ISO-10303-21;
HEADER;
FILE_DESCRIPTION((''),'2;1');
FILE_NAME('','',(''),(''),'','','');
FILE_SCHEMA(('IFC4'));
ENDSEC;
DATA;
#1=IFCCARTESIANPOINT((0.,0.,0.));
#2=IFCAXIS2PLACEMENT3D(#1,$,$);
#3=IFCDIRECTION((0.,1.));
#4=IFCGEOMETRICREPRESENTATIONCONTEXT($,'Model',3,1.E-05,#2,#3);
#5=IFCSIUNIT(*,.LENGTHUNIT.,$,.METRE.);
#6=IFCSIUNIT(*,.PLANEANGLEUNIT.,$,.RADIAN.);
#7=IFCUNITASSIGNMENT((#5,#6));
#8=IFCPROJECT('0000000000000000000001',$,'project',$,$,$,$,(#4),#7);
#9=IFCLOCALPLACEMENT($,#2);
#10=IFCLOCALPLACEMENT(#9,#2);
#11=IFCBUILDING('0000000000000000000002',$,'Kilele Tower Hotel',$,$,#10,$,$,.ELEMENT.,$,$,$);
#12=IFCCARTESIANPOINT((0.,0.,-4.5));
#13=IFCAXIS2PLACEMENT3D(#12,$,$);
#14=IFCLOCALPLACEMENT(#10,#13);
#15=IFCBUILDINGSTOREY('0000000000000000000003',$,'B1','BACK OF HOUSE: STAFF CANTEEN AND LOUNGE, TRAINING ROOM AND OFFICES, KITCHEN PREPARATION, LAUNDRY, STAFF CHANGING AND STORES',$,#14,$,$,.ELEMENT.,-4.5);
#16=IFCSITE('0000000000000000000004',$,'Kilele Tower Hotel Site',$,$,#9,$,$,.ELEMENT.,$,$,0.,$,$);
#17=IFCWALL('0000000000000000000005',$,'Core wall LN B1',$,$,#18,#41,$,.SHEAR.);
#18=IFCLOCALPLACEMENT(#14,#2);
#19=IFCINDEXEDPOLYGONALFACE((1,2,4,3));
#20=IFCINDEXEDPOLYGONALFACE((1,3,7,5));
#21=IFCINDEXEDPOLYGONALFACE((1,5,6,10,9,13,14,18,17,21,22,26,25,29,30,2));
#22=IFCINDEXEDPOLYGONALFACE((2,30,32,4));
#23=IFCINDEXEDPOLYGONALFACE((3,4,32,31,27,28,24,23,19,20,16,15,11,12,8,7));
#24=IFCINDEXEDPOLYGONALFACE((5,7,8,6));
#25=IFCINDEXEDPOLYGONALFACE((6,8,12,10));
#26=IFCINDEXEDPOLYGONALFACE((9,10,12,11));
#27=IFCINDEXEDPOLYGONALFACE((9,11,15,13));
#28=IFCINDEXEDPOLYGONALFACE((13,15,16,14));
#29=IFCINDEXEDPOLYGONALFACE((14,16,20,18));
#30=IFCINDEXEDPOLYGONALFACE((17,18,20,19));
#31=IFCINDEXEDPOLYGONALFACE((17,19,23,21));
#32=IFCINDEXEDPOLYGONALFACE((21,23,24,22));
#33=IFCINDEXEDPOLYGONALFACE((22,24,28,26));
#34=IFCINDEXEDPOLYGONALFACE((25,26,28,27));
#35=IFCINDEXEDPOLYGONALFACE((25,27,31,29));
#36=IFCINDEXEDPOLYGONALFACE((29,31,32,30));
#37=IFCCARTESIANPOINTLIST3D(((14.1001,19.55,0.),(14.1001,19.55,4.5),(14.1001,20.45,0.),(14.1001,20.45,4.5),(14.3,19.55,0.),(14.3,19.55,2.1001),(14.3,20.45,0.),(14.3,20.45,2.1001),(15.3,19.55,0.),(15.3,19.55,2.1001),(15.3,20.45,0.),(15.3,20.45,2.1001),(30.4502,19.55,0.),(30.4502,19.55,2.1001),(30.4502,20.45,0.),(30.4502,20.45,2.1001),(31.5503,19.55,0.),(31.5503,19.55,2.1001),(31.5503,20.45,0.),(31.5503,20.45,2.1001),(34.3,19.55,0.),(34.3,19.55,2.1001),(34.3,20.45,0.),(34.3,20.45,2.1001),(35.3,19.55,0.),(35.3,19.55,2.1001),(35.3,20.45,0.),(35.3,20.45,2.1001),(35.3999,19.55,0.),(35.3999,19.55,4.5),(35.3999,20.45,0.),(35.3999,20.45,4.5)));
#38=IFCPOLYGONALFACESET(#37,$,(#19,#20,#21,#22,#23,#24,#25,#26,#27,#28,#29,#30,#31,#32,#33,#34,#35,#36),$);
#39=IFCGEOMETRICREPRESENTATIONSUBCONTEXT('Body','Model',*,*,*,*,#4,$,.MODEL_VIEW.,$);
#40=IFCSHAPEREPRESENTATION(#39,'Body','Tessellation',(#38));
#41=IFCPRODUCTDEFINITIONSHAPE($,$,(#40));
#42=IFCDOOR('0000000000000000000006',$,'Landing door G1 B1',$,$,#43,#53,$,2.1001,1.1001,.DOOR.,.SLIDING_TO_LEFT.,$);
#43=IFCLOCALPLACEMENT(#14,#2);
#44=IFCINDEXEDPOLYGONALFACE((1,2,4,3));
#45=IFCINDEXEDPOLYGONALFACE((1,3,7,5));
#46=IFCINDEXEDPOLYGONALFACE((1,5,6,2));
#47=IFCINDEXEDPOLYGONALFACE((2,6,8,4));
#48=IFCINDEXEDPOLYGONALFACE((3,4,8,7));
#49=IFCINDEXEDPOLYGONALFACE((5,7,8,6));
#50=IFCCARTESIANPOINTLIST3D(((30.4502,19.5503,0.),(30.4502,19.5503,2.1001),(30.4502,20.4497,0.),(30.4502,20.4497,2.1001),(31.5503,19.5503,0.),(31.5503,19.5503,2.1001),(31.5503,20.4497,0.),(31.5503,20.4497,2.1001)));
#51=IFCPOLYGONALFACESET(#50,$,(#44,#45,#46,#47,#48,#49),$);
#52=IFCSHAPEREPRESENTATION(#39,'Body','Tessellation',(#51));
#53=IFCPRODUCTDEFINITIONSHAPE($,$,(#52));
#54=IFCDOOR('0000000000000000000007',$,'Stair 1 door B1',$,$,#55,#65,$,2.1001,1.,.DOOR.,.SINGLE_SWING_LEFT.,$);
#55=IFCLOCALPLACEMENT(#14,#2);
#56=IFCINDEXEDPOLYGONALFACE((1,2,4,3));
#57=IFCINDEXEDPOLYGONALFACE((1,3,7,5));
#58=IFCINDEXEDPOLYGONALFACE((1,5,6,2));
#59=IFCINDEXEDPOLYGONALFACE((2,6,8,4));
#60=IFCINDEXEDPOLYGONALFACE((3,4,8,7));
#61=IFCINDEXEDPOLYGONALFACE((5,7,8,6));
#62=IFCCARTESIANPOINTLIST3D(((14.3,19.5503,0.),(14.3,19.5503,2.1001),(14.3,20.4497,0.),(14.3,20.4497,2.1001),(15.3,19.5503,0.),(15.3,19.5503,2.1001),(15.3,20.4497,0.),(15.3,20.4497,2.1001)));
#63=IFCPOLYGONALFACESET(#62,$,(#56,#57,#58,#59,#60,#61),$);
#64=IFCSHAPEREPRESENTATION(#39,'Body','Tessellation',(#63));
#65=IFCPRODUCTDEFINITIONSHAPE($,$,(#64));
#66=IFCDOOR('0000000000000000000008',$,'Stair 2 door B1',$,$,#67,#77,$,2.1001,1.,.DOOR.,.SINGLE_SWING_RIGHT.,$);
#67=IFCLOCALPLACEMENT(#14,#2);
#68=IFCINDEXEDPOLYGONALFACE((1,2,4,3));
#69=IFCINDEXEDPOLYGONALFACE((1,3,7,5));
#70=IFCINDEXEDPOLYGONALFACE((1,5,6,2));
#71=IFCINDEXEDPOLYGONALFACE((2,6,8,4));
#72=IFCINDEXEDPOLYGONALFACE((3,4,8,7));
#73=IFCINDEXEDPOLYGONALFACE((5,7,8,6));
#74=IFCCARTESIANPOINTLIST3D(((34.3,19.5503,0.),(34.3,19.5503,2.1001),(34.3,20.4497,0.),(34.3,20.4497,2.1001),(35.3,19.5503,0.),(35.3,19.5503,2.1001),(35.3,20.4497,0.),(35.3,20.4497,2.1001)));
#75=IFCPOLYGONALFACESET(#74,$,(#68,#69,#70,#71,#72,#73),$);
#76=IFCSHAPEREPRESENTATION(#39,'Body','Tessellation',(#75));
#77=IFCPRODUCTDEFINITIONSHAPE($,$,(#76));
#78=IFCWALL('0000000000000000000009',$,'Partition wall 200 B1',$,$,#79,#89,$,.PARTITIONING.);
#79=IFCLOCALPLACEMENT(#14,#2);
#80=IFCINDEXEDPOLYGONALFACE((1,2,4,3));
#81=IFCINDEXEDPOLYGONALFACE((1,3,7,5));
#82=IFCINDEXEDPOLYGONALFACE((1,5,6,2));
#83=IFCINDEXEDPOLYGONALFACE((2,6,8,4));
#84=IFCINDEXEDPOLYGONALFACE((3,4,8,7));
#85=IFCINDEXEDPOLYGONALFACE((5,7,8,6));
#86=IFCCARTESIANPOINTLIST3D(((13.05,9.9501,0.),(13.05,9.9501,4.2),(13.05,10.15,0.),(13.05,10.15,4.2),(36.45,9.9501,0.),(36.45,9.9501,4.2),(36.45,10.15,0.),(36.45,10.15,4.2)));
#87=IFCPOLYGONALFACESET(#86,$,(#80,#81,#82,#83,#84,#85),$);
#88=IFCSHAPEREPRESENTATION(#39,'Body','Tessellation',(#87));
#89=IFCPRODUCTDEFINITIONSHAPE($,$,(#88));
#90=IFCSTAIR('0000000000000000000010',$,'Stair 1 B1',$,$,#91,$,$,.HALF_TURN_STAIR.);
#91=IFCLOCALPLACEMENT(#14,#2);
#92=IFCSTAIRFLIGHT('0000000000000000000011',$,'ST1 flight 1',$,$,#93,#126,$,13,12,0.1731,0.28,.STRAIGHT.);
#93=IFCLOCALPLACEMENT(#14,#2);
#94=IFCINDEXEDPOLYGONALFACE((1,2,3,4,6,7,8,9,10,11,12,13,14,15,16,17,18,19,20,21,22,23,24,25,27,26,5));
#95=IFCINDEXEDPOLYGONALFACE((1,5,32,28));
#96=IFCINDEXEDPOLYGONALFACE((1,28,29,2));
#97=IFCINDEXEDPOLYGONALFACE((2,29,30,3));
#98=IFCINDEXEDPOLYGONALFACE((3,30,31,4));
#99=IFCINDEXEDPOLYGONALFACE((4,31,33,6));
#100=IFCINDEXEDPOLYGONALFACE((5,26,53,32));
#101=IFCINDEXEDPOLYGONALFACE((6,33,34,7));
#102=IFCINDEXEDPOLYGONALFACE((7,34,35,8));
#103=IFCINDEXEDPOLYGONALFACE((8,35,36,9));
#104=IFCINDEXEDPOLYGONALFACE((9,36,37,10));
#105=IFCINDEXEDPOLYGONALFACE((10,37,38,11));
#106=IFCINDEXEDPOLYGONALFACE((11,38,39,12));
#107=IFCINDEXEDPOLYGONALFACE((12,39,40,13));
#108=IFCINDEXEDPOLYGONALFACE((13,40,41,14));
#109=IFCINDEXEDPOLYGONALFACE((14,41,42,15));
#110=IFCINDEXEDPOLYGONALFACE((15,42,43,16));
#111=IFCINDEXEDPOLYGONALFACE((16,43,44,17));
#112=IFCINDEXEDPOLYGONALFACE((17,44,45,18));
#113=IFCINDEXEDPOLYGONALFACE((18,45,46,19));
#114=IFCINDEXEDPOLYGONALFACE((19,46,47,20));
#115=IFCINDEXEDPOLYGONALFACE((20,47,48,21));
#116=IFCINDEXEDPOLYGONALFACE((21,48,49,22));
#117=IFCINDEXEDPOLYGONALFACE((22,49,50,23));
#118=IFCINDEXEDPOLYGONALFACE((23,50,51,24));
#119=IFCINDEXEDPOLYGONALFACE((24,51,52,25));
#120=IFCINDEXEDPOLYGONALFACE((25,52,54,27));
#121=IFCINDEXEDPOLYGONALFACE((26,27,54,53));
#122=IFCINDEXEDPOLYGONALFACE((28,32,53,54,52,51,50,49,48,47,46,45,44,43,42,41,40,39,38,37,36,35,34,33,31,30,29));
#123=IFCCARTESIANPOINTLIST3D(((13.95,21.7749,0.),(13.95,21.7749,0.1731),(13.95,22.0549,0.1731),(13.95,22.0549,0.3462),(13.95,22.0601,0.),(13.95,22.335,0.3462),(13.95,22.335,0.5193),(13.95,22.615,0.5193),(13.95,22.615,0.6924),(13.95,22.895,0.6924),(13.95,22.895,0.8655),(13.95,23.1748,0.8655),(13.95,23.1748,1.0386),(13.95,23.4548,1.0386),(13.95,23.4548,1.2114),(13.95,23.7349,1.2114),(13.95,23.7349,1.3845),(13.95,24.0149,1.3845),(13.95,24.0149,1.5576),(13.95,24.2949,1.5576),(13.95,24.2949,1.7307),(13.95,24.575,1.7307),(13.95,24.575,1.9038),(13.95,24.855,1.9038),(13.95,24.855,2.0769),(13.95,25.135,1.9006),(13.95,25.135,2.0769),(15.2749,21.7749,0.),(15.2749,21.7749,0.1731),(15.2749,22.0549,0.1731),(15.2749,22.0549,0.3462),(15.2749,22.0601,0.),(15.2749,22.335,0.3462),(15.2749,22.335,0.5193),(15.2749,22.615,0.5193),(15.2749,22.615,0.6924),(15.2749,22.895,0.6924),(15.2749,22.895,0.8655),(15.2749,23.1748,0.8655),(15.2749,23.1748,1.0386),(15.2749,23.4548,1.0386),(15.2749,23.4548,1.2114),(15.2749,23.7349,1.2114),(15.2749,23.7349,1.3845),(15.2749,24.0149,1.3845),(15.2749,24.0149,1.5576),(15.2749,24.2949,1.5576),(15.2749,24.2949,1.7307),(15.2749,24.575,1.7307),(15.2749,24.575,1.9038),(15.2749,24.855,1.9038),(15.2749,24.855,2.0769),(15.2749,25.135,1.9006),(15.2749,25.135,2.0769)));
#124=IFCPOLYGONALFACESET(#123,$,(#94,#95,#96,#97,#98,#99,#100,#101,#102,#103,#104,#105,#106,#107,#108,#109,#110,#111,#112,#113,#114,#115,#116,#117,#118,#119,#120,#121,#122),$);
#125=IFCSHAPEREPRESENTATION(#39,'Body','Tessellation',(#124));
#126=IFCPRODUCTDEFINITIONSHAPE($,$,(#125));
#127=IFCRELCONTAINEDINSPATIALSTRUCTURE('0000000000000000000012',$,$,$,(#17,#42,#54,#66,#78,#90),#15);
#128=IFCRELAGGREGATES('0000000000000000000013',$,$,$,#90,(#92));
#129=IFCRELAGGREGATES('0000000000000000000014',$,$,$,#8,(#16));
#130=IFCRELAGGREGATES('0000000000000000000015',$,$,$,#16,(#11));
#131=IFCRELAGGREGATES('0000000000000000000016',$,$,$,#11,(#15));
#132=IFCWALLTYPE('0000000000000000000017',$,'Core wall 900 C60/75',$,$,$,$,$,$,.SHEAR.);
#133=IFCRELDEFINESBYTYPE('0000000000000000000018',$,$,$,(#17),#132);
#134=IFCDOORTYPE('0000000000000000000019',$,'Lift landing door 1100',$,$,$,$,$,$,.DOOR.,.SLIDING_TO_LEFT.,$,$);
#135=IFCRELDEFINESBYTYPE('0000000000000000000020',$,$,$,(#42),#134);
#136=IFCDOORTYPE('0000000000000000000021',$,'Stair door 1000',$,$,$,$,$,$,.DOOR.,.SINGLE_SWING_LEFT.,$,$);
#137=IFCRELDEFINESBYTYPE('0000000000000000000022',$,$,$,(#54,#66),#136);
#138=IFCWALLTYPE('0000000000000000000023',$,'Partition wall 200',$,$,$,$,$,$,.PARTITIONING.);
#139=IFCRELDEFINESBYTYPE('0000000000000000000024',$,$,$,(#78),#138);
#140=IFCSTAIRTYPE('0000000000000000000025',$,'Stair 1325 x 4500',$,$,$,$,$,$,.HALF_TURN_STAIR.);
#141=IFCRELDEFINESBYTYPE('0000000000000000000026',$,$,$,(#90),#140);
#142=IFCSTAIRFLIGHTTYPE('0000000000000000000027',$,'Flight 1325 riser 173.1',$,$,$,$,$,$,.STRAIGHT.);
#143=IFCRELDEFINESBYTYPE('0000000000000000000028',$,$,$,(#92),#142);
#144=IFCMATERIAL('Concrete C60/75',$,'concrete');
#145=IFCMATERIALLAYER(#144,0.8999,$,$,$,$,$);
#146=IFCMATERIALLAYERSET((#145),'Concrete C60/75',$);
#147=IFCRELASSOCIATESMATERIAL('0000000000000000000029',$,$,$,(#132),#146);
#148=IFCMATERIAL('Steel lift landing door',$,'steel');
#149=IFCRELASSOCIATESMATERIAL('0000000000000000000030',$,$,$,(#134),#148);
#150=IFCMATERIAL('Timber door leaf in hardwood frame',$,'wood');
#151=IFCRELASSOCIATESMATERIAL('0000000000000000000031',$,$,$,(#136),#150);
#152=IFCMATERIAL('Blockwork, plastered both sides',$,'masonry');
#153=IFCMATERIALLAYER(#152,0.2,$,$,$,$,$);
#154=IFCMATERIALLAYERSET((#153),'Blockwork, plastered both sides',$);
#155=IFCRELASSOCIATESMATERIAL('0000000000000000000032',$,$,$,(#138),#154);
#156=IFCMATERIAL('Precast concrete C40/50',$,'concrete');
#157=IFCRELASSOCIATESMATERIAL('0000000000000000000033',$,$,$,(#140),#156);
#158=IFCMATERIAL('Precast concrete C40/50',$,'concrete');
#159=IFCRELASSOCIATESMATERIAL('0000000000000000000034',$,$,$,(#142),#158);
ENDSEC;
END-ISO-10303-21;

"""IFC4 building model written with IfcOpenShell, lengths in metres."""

from ifc_helpers import new_model, si_unit, direction, frame, frame_2d, origin, place, context, subcontext, project, spatial, polyline, rectangle, outline, extrude, material, layer, layer_set, type_object, element, fill, aggregate, save


model = new_model("IFC4")

# Units and contexts
model_context = context("Model", 3, precision=1e-05, world=origin(), true_north=direction((0.0, 1.0)))
body_context = subcontext(model_context, "Body", "Model", "MODEL_VIEW")
ifc_project = project(units=[si_unit("LENGTHUNIT", "METRE"), si_unit("PLANEANGLEUNIT", "RADIAN")], contexts=[model_context])

# Site, building, storey
site_placement = place(None, origin())
site = spatial("IfcSite", under=ifc_project, at=site_placement, Name="Kilele Tower Hotel Site", CompositionType="ELEMENT", RefElevation=0.0)
building_placement = place(site_placement, origin())
building = spatial("IfcBuilding", under=site, at=building_placement, Name="Kilele Tower Hotel", CompositionType="ELEMENT")
storey_placement = place(building_placement, frame((0.0, 0.0, -4.5)))
storey = spatial("IfcBuildingStorey", under=building, at=storey_placement, Name="B1", Description="BACK OF HOUSE: STAFF CANTEEN AND LOUNGE, TRAINING ROOM AND OFFICES, KITCHEN PREPARATION, LAUNDRY, STAFF CHANGING AND STORES", CompositionType="ELEMENT", Elevation=-4.5)

# Shared definitions
ifc_material_1 = material(Name="Concrete C60/75", Category="concrete")
ifc_layer_1 = layer(ifc_material_1, 0.8999)
ifc_layer_set_1 = layer_set([ifc_layer_1], Name="Concrete C60/75")
wall_type_1 = type_object("IfcWallType", Name="Core wall 900 C60/75", PredefinedType="SHEAR", material=ifc_layer_set_1)

# Wall, openings, doors
ifc_material_2 = material(Name="Steel lift landing door", Category="steel")
door_type_1 = type_object("IfcDoorType", Name="Lift landing door 1100", OperationType="SLIDING_TO_LEFT", PredefinedType="DOOR", material=ifc_material_2)
wall_1_placement = place(storey_placement, frame((14.1001, 20.0, 0.0), z_axis=(0.0, 0.0, 1.0), x_axis=(1.0, 0.0, 0.0)))
wall_1 = element("IfcWall", 1, at=wall_1_placement, inside=storey, type_object=wall_type_1, Name="Core wall LN B1", PredefinedType="SHEAR", context=body_context, shape_type="SweptSolid", body=[
    extrude(rectangle(XDim=21.2998, YDim=0.8999, at=frame_2d((10.6499, 0.0))), origin(), (0.0, 0.0, 1.0), 4.5),
])
opening_1_placement = place(wall_1_placement, frame((0.2, 0.0, 0.0)))
opening_1 = element("IfcOpeningElement", 2, at=opening_1_placement, cuts=wall_1, PredefinedType="OPENING", context=body_context, shape_type="SweptSolid", body=[
    extrude(rectangle(XDim=1.0, YDim=2.1001, at=frame_2d((0.5, 1.05))), frame((0.0, 0.46, 0.0), z_axis=(0.0, -1.0, 0.0), x_axis=(1.0, 0.0, 0.0)), (0.0, 0.0, 1.0), 0.9199),
])
opening_2_placement = place(wall_1_placement, frame((20.2, 0.0, 0.0)))
opening_2 = element("IfcOpeningElement", 3, at=opening_2_placement, cuts=wall_1, PredefinedType="OPENING", context=body_context, shape_type="SweptSolid", body=[
    extrude(rectangle(XDim=1.0, YDim=2.1001, at=frame_2d((0.5, 1.05))), frame((0.0, 0.46, 0.0), z_axis=(0.0, -1.0, 0.0), x_axis=(1.0, 0.0, 0.0)), (0.0, 0.0, 1.0), 0.9199),
])
opening_3_placement = place(wall_1_placement, frame((16.3501, 0.0, 0.0)))
opening_3 = element("IfcOpeningElement", 4, at=opening_3_placement, cuts=wall_1, PredefinedType="OPENING", context=body_context, shape_type="SweptSolid", body=[
    extrude(rectangle(XDim=1.1001, YDim=2.1001, at=frame_2d((0.55, 1.05))), frame((0.0, 0.46, 0.0), z_axis=(0.0, -1.0, 0.0), x_axis=(1.0, 0.0, 0.0)), (0.0, 0.0, 1.0), 0.9199),
])
door_1_placement = place(opening_3_placement, origin())
door_1 = element("IfcDoor", 5, at=door_1_placement, inside=storey, type_object=door_type_1, Name="Landing door G1 B1", OperationType="SLIDING_TO_LEFT", OverallHeight=2.1001, OverallWidth=1.1001, PredefinedType="DOOR", context=body_context, shape_type="SweptSolid", body=[
    extrude(rectangle(XDim=1.1001, YDim=2.1001, at=frame_2d((0.55, 1.05))), frame((0.0, 0.4497, 0.0), z_axis=(0.0, -1.0, 0.0), x_axis=(1.0, 0.0, 0.0)), (0.0, 0.0, 1.0), 0.8994),
])
fill(opening_3, door_1)
ifc_material_3 = material(Name="Timber door leaf in hardwood frame", Category="wood")
door_type_2 = type_object("IfcDoorType", Name="Stair door 1000", OperationType="SINGLE_SWING_LEFT", PredefinedType="DOOR", material=ifc_material_3)
door_2_placement = place(opening_1_placement, origin())
door_2 = element("IfcDoor", 6, at=door_2_placement, inside=storey, type_object=door_type_2, Name="Stair 1 door B1", OperationType="SINGLE_SWING_LEFT", OverallHeight=2.1001, OverallWidth=1.0, PredefinedType="DOOR", context=body_context, shape_type="SweptSolid", body=[
    extrude(rectangle(XDim=1.0, YDim=2.1001, at=frame_2d((0.5, 1.05))), frame((0.0, 0.4497, 0.0), z_axis=(0.0, -1.0, 0.0), x_axis=(1.0, 0.0, 0.0)), (0.0, 0.0, 1.0), 0.8994),
])
fill(opening_1, door_2)
door_3_placement = place(opening_2_placement, origin())
door_3 = element("IfcDoor", 7, at=door_3_placement, inside=storey, type_object=door_type_2, Name="Stair 2 door B1", OperationType="SINGLE_SWING_RIGHT", OverallHeight=2.1001, OverallWidth=1.0, PredefinedType="DOOR", context=body_context, shape_type="SweptSolid", body=[
    extrude(rectangle(XDim=1.0, YDim=2.1001, at=frame_2d((0.5, 1.05))), frame((0.0, 0.4497, 0.0), z_axis=(0.0, -1.0, 0.0), x_axis=(1.0, 0.0, 0.0)), (0.0, 0.0, 1.0), 0.8994),
])
fill(opening_2, door_3)

# Wall
ifc_material_4 = material(Name="Blockwork, plastered both sides", Category="masonry")
ifc_layer_2 = layer(ifc_material_4, 0.2)
ifc_layer_set_2 = layer_set([ifc_layer_2], Name="Blockwork, plastered both sides")
wall_type_2 = type_object("IfcWallType", Name="Partition wall 200", PredefinedType="PARTITIONING", material=ifc_layer_set_2)
wall_2_placement = place(storey_placement, frame((13.05, 10.05, 0.0), z_axis=(0.0, 0.0, 1.0), x_axis=(1.0, 0.0, 0.0)))
element("IfcWall", 8, at=wall_2_placement, inside=storey, type_object=wall_type_2, Name="Partition wall 200 B1", PredefinedType="PARTITIONING", context=body_context, shape_type="SweptSolid", body=[
    extrude(rectangle(XDim=23.3999, YDim=0.2, at=frame_2d((11.7, 0.0))), origin(), (0.0, 0.0, 1.0), 4.2),
])

# Stair, stair flight
ifc_material_5 = material(Name="Precast concrete C40/50", Category="concrete")
stair_type = type_object("IfcStairType", Name="Stair 1325 x 4500", PredefinedType="HALF_TURN_STAIR", material=ifc_material_5)
stair_placement = place(storey_placement, origin())
stair = element("IfcStair", 9, at=stair_placement, inside=storey, type_object=stair_type, Name="Stair 1 B1", PredefinedType="HALF_TURN_STAIR")
ifc_material_6 = material(Name="Precast concrete C40/50", Category="concrete")
stair_flight_type = type_object("IfcStairFlightType", Name="Flight 1325 riser 173.1", PredefinedType="STRAIGHT", material=ifc_material_6)
stair_flight_placement = place(storey_placement, frame((14.6125, 21.7749, 0.0), z_axis=(0.0, 0.0, 1.0), x_axis=(0.0, 1.0, 0.0)))
stair_flight = element("IfcStairFlight", 10, at=stair_flight_placement, type_object=stair_flight_type, Name="ST1 flight 1", NumberOfRisers=13, NumberOfTreads=12, PredefinedType="STRAIGHT", RiserHeight=0.1731, TreadLength=0.28, context=body_context, shape_type="SweptSolid", body=[
    extrude(outline(polyline([(0.0, 0.0), (0.0, 0.1731), (0.28, 0.1731), (0.28, 0.3462), (0.5601, 0.3462), (0.5601, 0.5193), (0.8401, 0.5193), (0.8401, 0.6924), (1.1201, 0.6924), (1.1201, 0.8655), (1.3999, 0.8655), (1.3999, 1.0386), (1.6799, 1.0386), (1.6799, 1.2114), (1.96, 1.2114), (1.96, 1.3845), (2.24, 1.3845), (2.24, 1.5576), (2.52, 1.5576), (2.52, 1.7307), (2.8, 1.7307), (2.8, 1.9038), (3.0801, 1.9038), (3.0801, 2.0769), (3.3601, 2.0769), (3.3601, 2.25), (3.3601, 1.9006), (0.2852, 0.0), (0.0, 0.0)])), frame((0.0, 0.6626, 0.0), z_axis=(0.0, -1.0, 0.0), x_axis=(1.0, 0.0, 0.0)), (0.0, 0.0, 1.0), 1.325),
])
aggregate(stair, [stair_flight])

save(model, "model.ifc")
